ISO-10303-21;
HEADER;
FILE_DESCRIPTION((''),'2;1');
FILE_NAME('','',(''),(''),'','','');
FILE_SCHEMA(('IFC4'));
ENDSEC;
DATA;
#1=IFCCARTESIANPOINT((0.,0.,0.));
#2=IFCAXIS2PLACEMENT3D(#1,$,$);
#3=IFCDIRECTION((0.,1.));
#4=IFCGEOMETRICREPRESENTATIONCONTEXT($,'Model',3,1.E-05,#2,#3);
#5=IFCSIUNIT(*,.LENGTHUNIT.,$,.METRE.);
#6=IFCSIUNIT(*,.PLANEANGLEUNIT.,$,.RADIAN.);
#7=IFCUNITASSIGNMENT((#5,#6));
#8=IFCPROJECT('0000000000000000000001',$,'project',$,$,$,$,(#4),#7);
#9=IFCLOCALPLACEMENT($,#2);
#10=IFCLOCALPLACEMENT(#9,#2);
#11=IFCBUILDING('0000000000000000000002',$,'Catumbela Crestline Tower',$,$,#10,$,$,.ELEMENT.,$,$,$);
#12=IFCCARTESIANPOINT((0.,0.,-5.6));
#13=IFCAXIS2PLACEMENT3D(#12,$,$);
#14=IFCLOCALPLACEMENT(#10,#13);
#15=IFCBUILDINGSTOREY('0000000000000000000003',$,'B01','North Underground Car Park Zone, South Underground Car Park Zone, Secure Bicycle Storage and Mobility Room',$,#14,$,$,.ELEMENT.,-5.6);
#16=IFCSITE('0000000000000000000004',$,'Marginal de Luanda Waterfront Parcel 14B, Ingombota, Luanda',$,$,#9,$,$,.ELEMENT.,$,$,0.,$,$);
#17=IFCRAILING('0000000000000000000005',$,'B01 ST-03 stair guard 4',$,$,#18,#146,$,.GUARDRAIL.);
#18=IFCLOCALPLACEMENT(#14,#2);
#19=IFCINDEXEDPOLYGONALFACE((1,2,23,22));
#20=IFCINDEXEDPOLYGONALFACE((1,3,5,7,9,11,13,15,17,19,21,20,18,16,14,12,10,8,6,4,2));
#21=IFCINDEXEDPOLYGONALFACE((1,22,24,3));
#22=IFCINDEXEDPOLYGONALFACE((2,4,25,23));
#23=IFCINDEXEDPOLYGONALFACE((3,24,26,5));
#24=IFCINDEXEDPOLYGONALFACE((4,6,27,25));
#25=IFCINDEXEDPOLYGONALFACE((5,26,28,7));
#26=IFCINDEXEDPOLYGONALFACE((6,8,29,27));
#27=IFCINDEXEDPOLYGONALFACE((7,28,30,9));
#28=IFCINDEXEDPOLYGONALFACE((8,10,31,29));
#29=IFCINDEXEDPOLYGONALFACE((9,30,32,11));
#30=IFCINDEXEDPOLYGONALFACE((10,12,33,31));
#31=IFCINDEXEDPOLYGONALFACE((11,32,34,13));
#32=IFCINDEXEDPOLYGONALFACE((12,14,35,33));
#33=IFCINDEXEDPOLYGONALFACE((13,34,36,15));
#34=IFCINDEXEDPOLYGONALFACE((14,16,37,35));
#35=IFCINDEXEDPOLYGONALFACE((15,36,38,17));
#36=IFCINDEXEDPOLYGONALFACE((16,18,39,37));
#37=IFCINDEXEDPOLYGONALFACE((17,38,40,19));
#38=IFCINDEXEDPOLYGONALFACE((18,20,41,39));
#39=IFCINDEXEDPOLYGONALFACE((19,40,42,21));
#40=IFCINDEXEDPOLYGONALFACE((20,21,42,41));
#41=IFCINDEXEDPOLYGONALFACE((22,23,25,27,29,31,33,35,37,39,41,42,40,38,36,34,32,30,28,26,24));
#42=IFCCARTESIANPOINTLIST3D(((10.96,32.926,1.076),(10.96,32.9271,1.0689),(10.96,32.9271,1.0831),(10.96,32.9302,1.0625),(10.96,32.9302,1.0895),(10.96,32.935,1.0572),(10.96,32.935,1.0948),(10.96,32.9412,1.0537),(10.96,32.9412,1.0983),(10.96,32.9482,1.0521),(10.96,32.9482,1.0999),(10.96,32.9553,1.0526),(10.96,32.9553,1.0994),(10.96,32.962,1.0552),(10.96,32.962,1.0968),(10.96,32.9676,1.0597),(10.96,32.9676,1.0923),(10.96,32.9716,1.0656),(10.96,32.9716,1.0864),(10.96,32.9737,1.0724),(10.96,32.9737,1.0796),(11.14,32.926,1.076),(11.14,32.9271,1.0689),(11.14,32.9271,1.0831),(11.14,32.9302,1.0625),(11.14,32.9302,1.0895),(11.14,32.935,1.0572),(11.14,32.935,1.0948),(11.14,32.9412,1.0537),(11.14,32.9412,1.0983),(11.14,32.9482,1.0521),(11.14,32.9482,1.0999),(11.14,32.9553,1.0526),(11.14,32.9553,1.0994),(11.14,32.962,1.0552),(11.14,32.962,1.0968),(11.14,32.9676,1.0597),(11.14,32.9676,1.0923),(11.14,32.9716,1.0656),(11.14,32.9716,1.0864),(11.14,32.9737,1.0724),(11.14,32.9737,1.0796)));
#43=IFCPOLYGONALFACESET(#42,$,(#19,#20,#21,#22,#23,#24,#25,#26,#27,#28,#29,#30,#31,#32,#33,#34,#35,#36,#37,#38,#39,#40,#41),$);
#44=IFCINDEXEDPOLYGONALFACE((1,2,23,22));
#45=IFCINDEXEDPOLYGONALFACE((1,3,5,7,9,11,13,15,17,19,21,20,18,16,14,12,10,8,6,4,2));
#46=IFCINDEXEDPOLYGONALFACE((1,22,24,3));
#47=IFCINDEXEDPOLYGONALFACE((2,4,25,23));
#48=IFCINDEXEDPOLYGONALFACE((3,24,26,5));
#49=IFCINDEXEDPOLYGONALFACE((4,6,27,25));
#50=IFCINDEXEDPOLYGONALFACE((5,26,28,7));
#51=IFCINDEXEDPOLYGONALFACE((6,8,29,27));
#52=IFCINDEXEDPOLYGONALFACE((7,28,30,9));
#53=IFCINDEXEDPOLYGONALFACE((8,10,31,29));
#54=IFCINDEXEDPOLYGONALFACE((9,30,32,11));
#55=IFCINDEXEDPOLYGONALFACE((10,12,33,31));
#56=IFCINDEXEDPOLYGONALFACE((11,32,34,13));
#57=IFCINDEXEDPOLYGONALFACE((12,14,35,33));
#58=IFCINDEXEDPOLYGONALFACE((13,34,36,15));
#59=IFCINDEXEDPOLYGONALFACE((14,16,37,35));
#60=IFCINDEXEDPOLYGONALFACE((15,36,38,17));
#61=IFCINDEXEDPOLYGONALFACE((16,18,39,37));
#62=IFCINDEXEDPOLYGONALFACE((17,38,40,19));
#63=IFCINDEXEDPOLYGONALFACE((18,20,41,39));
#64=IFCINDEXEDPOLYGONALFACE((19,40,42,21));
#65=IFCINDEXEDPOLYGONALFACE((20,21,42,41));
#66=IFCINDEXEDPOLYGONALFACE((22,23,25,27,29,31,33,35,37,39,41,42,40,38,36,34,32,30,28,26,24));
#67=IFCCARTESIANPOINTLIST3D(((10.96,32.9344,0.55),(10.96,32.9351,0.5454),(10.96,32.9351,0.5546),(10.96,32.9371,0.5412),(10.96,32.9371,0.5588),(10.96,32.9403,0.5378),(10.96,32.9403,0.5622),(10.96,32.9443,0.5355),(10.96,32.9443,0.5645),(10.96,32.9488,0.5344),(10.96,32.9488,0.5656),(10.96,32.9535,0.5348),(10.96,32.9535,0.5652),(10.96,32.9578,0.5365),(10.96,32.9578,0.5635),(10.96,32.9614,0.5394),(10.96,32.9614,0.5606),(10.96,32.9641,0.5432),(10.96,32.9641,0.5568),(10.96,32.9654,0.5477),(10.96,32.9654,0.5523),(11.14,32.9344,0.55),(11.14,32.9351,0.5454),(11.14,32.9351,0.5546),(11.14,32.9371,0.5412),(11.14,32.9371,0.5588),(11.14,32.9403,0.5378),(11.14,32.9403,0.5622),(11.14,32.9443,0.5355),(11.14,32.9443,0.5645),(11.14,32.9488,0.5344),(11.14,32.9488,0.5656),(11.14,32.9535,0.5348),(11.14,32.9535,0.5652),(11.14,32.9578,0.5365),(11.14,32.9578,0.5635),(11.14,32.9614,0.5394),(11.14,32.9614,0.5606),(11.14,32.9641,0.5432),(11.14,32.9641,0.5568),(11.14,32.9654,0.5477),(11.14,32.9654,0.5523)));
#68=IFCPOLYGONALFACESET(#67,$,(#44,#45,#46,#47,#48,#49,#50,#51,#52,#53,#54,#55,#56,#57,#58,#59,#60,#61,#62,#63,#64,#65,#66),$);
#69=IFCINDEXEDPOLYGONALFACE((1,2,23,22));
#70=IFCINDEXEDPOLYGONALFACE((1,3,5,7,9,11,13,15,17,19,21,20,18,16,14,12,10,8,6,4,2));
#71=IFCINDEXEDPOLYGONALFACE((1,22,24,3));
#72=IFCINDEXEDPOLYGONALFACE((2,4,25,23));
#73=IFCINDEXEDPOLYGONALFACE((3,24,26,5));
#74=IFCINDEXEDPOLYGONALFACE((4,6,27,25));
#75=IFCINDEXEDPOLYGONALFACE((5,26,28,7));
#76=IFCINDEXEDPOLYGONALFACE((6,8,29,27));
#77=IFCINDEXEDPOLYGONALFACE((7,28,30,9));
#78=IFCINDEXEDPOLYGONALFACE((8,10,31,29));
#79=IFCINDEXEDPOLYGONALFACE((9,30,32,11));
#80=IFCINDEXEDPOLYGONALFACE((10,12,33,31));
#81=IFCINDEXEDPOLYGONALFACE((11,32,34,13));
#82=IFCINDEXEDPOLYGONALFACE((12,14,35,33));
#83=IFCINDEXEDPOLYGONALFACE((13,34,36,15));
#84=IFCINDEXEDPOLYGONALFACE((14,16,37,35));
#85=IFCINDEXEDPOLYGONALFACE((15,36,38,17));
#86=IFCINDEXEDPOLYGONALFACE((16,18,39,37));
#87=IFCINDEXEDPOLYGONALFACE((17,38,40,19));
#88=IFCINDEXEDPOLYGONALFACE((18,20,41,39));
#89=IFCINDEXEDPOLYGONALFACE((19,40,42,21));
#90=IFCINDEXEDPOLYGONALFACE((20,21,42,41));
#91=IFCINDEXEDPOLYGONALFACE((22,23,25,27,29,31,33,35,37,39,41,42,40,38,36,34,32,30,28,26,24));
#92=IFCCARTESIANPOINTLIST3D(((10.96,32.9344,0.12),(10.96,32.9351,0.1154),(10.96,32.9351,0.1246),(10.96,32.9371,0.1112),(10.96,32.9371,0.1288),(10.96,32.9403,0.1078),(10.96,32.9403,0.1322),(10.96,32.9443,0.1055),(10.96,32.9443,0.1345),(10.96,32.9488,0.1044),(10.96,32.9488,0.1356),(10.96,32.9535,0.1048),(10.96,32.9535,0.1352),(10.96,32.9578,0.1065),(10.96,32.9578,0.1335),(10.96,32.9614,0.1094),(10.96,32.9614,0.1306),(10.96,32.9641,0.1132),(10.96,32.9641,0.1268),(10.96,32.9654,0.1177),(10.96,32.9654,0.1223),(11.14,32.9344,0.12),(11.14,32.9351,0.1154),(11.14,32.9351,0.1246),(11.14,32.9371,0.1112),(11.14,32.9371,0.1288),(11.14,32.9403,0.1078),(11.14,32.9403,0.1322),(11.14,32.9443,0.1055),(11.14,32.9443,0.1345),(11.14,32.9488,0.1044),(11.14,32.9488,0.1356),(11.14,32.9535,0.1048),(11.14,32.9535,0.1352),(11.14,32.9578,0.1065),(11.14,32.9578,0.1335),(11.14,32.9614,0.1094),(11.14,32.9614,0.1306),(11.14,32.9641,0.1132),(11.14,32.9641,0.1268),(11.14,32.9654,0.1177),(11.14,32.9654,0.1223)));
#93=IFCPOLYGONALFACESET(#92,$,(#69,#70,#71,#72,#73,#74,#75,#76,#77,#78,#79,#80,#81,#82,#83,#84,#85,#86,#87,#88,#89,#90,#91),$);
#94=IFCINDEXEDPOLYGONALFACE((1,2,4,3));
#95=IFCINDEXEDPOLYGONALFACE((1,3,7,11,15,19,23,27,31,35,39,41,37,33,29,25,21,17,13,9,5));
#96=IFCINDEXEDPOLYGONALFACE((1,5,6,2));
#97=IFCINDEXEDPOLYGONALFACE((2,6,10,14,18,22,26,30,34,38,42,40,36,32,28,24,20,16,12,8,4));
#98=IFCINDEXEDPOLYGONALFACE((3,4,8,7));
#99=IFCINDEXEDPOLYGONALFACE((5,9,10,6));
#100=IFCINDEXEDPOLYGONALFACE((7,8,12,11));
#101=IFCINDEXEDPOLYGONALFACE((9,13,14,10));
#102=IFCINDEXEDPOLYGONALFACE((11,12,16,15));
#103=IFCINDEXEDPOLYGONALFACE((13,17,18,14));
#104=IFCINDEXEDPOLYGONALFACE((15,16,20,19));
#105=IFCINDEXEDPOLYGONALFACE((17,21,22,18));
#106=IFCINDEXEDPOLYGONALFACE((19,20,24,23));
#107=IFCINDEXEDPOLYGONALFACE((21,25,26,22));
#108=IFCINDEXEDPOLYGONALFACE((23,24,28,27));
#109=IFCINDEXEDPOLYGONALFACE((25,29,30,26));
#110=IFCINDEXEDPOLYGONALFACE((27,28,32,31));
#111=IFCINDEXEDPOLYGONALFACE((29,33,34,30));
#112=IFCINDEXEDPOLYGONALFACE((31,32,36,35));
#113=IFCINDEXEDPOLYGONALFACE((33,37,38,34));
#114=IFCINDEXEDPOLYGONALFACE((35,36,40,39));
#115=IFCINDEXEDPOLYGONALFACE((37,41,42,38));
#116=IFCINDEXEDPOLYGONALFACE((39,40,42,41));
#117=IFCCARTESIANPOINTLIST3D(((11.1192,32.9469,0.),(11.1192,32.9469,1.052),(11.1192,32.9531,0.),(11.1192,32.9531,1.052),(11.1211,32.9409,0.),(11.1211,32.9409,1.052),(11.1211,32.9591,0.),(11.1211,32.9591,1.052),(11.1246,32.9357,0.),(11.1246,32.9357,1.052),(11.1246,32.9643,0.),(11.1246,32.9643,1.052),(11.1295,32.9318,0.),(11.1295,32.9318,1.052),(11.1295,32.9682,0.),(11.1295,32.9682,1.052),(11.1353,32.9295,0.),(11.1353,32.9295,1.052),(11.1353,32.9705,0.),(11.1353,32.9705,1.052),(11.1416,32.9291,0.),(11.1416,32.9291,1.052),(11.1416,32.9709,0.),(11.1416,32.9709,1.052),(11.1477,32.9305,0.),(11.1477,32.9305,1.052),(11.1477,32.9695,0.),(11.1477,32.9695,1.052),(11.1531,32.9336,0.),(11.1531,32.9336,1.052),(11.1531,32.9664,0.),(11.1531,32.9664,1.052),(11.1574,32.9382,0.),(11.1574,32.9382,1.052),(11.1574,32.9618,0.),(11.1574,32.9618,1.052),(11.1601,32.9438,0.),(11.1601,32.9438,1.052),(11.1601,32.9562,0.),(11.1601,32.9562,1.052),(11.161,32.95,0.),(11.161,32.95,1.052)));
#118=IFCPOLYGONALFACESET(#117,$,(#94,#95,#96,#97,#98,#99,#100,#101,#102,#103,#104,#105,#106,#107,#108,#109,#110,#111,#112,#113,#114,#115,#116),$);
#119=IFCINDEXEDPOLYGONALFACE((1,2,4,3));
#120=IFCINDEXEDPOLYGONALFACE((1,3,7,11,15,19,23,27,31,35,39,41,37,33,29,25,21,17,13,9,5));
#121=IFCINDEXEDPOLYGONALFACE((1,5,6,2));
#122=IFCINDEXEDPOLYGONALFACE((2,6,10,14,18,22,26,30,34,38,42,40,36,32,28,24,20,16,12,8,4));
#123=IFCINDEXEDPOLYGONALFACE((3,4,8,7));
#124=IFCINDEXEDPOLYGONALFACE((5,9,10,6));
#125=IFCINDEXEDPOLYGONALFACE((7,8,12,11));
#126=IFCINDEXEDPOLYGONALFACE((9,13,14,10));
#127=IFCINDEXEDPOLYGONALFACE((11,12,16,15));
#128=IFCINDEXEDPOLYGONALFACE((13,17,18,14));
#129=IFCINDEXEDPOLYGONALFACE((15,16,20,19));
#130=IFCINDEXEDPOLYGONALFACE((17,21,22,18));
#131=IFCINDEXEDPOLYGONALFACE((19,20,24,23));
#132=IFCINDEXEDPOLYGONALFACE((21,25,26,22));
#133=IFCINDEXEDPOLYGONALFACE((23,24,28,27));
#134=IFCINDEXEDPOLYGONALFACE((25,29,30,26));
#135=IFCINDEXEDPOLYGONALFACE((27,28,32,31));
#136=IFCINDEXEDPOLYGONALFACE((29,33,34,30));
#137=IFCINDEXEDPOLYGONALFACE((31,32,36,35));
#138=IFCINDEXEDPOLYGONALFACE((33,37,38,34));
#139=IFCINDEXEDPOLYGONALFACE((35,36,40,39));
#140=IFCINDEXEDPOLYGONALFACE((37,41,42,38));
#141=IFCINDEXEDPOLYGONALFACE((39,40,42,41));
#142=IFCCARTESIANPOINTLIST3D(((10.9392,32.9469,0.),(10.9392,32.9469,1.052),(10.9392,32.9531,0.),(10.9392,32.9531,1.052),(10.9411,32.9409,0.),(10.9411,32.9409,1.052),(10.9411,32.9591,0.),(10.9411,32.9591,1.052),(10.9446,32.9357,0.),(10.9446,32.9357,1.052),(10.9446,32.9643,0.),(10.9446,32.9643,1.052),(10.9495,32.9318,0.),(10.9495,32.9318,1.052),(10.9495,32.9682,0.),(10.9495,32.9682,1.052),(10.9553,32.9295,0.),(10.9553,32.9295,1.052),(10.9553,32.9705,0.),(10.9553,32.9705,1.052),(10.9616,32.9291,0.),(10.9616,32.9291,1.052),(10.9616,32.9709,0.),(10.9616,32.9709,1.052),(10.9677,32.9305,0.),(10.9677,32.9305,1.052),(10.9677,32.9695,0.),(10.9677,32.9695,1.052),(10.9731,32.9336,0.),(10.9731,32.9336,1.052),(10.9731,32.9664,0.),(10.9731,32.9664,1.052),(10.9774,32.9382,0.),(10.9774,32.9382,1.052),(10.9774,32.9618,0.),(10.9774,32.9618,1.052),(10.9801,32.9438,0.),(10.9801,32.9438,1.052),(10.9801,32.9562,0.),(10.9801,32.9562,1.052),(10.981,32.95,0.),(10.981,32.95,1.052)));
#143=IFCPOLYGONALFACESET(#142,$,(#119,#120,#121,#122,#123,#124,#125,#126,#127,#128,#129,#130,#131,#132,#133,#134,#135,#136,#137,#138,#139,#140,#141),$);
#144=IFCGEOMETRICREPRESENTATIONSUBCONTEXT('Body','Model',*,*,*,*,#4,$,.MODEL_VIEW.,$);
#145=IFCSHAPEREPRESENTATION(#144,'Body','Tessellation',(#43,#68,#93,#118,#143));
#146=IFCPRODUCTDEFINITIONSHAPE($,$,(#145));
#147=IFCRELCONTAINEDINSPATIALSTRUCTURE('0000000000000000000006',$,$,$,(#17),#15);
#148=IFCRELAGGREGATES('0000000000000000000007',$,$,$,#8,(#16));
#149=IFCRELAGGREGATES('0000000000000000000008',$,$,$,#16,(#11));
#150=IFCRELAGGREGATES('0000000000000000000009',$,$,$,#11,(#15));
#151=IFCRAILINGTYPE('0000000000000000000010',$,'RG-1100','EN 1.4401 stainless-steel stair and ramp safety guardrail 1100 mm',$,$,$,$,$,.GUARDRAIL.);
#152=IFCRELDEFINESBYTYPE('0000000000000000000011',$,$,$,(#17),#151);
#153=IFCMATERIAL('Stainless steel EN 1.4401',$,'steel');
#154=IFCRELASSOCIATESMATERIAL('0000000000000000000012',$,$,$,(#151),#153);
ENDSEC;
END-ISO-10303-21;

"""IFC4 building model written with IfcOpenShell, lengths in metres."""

from ifc_helpers import new_model, si_unit, direction, frame, origin, origin_2d, place, context, subcontext, project, spatial, circle, extrude, material, type_object, element, save


model = new_model("IFC4")

# Units and contexts
model_context = context("Model", 3, precision=1e-05, world=origin(), true_north=direction((0.0, 1.0)))
body_context = subcontext(model_context, "Body", "Model", "MODEL_VIEW")
ifc_project = project(units=[si_unit("LENGTHUNIT", "METRE"), si_unit("PLANEANGLEUNIT", "RADIAN")], contexts=[model_context])

# Site, building, storey
site_placement = place(None, origin())
site = spatial("IfcSite", under=ifc_project, at=site_placement, Name="Marginal de Luanda Waterfront Parcel 14B, Ingombota, Luanda", CompositionType="ELEMENT", RefElevation=0.0)
building_placement = place(site_placement, origin())
building = spatial("IfcBuilding", under=site, at=building_placement, Name="Catumbela Crestline Tower", CompositionType="ELEMENT")
storey_placement = place(building_placement, frame((0.0, 0.0, -5.6)))
storey = spatial("IfcBuildingStorey", under=building, at=storey_placement, Name="B01", Description="North Underground Car Park Zone, South Underground Car Park Zone, Secure Bicycle Storage and Mobility Room", CompositionType="ELEMENT", Elevation=-5.6)

# Shared definitions
ifc_material_1 = material(Name="Stainless steel EN 1.4401", Category="steel")

# Railing
railing_type_1 = type_object("IfcRailingType", Name="RG-1100", Description="EN 1.4401 stainless-steel stair and ramp safety guardrail 1100 mm", PredefinedType="GUARDRAIL", material=ifc_material_1)
railing_1_placement = place(storey_placement, frame((11.14, 32.95, 0.0)))
element("IfcRailing", 1, at=railing_1_placement, inside=storey, type_object=railing_type_1, Name="B01 ST-03 stair guard 4", PredefinedType="GUARDRAIL", context=body_context, shape_type="SweptSolid", body=[
    extrude(circle(Radius=0.024, at=origin_2d()), frame((0.0, 0.0, 1.076), z_axis=(-1.0, 0.0, 0.0), x_axis=(0.0, -1.0, 0.0)), (0.0, 0.0, 1.0), 0.18),
    extrude(circle(Radius=0.0156, at=origin_2d()), frame((0.0, 0.0, 0.55), z_axis=(-1.0, 0.0, 0.0), x_axis=(0.0, -1.0, 0.0)), (0.0, 0.0, 1.0), 0.18),
    extrude(circle(Radius=0.0156, at=origin_2d()), frame((0.0, 0.0, 0.12), z_axis=(-1.0, 0.0, 0.0), x_axis=(0.0, -1.0, 0.0)), (0.0, 0.0, 1.0), 0.18),
    extrude(circle(Radius=0.021, at=origin_2d()), origin(), (0.0, 0.0, 1.0), 1.052),
    extrude(circle(Radius=0.021, at=origin_2d()), frame((-0.18, 0.0, 0.0)), (0.0, 0.0, 1.0), 1.052),
])

save(model, "model.ifc")
